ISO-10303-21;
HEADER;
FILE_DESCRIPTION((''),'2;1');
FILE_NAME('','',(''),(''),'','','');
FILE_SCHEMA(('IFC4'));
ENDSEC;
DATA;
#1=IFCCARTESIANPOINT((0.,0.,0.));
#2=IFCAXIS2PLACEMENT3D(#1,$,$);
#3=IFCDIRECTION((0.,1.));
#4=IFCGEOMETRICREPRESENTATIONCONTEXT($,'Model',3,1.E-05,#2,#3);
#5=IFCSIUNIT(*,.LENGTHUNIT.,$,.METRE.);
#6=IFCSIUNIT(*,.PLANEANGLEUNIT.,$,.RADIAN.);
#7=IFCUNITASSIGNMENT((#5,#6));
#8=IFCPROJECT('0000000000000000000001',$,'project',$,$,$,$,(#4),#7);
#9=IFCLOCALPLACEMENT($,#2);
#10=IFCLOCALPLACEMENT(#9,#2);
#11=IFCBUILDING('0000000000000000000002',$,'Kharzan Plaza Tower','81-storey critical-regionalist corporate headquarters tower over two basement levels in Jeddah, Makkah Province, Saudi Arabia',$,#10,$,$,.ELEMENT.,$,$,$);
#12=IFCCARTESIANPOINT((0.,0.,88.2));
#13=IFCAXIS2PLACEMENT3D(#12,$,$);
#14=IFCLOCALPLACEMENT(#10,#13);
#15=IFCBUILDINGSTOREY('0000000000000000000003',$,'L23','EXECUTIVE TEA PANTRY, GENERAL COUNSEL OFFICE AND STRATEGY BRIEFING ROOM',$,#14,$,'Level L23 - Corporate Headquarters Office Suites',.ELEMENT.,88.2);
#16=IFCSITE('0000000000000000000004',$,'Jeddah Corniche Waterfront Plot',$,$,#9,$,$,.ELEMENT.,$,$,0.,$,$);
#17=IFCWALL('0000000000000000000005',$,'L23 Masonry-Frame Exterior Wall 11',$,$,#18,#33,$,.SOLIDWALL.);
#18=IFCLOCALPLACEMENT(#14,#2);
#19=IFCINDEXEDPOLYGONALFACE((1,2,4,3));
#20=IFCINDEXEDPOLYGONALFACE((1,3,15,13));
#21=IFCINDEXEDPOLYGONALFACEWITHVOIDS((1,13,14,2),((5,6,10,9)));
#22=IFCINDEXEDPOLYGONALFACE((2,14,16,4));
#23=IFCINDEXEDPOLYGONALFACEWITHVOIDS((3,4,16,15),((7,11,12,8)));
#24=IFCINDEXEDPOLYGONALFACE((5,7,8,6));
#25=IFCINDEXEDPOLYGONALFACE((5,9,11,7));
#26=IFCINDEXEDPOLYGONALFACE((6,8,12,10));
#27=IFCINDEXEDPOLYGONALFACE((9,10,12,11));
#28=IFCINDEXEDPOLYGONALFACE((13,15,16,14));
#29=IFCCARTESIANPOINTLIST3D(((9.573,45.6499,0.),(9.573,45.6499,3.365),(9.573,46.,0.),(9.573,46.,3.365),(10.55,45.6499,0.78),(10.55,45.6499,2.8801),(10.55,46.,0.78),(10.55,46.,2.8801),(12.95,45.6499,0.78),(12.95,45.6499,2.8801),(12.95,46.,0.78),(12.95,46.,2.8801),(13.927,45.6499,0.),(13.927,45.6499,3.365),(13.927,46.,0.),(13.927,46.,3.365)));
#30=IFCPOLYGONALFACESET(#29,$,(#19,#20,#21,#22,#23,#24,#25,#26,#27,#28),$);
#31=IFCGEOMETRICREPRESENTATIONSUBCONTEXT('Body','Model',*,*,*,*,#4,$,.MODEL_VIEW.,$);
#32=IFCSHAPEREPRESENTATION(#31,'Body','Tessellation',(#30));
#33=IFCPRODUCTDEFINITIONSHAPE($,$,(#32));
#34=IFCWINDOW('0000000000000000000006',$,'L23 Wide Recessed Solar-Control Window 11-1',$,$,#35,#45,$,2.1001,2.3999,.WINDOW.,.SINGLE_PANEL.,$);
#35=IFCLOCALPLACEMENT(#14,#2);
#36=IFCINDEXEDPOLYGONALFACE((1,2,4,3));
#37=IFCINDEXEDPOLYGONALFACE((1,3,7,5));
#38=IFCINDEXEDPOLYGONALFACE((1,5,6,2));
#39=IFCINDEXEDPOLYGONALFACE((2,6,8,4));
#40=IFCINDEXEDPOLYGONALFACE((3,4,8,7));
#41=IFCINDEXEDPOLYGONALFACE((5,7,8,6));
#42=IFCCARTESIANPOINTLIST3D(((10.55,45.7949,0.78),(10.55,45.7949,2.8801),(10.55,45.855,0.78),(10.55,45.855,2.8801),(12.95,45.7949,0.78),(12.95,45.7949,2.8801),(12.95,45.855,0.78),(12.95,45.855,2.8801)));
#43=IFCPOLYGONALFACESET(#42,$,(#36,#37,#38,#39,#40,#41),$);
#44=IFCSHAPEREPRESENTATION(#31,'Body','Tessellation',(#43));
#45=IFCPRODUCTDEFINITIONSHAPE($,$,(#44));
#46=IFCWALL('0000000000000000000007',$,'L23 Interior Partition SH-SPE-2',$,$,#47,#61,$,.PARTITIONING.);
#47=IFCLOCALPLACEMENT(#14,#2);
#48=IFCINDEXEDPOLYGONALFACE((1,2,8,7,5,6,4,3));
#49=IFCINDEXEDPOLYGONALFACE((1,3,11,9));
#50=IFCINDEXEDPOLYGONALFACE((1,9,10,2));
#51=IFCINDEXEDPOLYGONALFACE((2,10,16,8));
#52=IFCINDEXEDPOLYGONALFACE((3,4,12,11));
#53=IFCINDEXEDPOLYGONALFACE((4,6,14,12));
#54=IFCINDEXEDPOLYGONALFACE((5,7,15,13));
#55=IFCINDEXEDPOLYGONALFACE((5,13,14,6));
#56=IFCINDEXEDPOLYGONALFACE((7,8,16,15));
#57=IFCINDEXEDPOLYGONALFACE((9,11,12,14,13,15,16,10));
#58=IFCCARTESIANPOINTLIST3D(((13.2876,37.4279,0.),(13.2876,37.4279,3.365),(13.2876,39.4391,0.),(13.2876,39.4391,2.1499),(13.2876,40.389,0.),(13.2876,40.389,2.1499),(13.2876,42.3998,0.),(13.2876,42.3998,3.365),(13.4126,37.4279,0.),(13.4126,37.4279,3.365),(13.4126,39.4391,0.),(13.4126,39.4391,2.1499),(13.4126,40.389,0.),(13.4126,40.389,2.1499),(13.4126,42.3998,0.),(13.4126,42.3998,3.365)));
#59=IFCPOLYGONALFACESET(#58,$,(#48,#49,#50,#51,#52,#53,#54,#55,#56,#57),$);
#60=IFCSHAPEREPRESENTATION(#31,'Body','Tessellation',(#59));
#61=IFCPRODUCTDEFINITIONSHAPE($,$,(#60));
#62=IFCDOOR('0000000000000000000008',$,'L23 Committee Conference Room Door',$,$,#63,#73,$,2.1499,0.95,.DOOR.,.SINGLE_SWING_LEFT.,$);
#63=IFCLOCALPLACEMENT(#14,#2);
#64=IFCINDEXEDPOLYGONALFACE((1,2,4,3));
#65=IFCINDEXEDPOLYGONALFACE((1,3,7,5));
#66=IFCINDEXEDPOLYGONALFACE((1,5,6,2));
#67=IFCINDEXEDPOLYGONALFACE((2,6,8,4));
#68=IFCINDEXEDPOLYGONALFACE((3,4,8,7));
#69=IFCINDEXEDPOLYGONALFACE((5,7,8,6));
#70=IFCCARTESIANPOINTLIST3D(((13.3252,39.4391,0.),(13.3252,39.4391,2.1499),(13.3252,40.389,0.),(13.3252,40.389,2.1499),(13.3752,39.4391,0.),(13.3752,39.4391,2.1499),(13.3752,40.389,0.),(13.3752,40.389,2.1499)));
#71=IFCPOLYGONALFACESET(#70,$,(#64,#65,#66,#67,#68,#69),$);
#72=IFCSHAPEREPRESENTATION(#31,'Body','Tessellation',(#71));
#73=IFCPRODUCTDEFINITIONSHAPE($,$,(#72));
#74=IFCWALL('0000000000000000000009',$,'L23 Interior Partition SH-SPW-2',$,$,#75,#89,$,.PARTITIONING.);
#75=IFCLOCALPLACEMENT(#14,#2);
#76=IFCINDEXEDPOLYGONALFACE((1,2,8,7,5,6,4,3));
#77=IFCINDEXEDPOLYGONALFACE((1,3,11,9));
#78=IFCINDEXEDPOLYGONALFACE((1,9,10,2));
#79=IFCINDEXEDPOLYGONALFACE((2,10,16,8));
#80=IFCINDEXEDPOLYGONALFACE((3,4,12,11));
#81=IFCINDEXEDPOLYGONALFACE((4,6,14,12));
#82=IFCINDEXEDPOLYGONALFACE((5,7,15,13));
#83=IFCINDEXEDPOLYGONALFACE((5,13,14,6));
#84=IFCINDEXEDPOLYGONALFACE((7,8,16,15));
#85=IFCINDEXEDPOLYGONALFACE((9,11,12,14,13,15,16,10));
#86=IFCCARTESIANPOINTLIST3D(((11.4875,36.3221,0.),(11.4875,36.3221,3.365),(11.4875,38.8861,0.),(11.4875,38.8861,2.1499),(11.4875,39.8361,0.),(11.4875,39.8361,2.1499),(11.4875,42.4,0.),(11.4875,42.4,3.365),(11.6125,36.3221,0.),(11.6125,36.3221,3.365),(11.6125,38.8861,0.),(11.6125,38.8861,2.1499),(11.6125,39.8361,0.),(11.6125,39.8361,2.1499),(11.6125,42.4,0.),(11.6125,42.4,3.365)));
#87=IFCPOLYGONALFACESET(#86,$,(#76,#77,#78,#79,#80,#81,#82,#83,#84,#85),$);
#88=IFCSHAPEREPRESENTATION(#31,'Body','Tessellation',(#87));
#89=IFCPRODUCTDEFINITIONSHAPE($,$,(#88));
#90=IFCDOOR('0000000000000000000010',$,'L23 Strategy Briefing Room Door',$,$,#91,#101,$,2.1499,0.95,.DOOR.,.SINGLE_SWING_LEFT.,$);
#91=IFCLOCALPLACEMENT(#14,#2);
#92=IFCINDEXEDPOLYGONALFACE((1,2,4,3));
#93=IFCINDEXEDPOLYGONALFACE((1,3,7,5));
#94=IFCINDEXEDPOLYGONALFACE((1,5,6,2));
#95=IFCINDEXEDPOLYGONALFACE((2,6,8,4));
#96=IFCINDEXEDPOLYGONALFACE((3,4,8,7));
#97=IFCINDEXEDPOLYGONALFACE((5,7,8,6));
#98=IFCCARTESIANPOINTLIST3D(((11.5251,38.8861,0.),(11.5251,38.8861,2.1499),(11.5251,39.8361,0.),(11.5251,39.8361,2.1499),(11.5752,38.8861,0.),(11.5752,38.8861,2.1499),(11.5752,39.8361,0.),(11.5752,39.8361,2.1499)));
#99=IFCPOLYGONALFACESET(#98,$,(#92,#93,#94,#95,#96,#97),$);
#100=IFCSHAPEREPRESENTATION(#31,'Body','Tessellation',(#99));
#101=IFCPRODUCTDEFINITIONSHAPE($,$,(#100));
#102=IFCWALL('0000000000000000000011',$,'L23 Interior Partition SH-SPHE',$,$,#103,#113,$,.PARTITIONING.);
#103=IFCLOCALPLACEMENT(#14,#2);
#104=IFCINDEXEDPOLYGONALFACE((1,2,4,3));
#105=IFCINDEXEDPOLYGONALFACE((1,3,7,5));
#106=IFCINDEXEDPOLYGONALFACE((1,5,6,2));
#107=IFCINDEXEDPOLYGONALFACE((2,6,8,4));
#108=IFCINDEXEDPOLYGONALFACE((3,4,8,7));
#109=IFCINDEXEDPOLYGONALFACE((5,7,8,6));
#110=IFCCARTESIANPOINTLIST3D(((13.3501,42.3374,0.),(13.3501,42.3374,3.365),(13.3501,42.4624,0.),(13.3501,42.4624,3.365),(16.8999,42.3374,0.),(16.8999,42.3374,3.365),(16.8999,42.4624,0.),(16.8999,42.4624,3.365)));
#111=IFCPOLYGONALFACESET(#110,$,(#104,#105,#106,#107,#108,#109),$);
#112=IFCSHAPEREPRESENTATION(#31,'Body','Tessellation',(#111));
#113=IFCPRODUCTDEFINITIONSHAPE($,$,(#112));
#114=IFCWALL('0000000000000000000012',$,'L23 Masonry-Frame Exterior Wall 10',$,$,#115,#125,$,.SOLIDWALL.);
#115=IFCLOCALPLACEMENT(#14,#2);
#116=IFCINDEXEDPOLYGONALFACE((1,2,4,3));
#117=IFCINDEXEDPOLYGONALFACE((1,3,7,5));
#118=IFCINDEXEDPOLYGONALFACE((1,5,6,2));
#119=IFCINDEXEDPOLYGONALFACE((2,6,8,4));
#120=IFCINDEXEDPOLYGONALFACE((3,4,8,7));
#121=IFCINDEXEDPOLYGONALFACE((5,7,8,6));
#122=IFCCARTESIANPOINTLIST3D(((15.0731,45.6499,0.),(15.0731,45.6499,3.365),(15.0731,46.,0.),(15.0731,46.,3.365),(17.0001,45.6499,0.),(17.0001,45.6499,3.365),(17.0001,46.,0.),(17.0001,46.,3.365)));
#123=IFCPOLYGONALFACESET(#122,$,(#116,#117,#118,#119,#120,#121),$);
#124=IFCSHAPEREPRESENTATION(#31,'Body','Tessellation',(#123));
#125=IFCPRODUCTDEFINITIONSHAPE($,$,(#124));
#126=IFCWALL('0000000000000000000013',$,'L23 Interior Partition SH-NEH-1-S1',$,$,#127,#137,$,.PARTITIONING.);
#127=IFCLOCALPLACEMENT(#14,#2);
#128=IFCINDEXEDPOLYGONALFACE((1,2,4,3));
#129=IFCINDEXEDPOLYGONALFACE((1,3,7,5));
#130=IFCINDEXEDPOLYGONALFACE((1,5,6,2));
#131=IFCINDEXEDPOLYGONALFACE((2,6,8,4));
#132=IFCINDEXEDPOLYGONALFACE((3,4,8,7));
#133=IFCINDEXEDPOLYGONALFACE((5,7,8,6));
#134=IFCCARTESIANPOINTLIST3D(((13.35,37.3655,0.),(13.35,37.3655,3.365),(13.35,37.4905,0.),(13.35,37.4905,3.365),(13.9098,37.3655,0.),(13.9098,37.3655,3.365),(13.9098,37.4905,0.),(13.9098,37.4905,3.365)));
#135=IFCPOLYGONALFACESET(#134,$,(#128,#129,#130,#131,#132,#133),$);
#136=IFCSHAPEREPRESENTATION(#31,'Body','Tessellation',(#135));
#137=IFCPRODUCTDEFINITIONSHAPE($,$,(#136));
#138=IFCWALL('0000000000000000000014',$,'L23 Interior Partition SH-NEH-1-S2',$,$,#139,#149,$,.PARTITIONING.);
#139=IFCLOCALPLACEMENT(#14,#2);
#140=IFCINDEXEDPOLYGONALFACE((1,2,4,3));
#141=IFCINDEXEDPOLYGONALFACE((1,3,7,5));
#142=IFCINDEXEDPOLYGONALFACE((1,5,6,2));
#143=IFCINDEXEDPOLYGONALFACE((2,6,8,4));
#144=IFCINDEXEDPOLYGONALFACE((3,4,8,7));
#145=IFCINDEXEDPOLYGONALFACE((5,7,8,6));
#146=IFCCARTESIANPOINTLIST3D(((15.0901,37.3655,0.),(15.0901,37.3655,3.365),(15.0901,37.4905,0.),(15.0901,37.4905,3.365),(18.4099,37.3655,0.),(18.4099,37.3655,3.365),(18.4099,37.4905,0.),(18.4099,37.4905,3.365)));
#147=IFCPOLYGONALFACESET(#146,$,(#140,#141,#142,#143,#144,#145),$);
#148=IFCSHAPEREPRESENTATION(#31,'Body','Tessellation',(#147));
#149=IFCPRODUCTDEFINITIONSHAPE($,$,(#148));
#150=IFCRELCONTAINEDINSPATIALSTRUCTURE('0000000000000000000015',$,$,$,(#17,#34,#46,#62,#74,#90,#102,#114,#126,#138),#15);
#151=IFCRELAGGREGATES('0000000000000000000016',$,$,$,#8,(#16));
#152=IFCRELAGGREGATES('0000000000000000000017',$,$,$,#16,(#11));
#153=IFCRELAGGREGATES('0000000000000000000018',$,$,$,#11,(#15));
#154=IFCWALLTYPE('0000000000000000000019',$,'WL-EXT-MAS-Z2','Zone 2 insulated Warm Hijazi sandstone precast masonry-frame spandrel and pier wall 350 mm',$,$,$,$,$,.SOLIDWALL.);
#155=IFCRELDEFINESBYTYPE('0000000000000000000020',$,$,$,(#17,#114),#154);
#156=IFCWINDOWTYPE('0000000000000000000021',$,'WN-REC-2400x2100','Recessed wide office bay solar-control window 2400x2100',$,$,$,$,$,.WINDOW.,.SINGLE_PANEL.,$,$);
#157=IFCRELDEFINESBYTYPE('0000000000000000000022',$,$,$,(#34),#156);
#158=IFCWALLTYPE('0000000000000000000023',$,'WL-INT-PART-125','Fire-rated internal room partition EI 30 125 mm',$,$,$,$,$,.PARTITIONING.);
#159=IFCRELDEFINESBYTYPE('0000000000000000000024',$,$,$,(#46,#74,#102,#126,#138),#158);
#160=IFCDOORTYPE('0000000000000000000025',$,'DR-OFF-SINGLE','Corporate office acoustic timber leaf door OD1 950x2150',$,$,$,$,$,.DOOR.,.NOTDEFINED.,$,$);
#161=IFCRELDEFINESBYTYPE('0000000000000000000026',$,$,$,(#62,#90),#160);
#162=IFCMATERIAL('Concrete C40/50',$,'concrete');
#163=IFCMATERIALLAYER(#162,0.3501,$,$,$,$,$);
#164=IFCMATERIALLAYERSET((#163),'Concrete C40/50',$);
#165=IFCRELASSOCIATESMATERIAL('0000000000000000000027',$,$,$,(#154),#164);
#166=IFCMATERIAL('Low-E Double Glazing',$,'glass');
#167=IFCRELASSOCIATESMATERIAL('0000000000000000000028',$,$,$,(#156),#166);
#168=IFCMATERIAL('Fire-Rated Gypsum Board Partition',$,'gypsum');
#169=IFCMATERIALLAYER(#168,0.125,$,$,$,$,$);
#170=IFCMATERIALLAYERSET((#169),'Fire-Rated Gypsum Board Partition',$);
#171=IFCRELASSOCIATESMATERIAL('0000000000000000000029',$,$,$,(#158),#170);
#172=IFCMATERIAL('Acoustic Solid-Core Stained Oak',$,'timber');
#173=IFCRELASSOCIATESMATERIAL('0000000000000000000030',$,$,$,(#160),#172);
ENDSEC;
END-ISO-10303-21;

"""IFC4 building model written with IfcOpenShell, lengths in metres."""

from ifc_helpers import new_model, si_unit, direction, frame, frame_2d, origin, place, context, subcontext, project, spatial, rectangle, extrude, source, transform, mapped, material, layer, layer_set, type_object, element, fill, save


model = new_model("IFC4")

# Units and contexts
model_context = context("Model", 3, precision=1e-05, world=origin(), true_north=direction((0.0, 1.0)))
body_context = subcontext(model_context, "Body", "Model", "MODEL_VIEW")
ifc_project = project(units=[si_unit("LENGTHUNIT", "METRE"), si_unit("PLANEANGLEUNIT", "RADIAN")], contexts=[model_context])

# Site, building, storey
site_placement = place(None, origin())
site = spatial("IfcSite", under=ifc_project, at=site_placement, Name="Jeddah Corniche Waterfront Plot", CompositionType="ELEMENT", RefElevation=0.0)
building_placement = place(site_placement, origin())
building = spatial("IfcBuilding", under=site, at=building_placement, Name="Kharzan Plaza Tower", Description="81-storey critical-regionalist corporate headquarters tower over two basement levels in Jeddah, Makkah Province, Saudi Arabia", CompositionType="ELEMENT")
storey_placement = place(building_placement, frame((0.0, 0.0, 88.2)))
storey = spatial("IfcBuildingStorey", under=building, at=storey_placement, Name="L23", Description="EXECUTIVE TEA PANTRY, GENERAL COUNSEL OFFICE AND STRATEGY BRIEFING ROOM", LongName="Level L23 - Corporate Headquarters Office Suites", CompositionType="ELEMENT", Elevation=88.2)

# Wall, opening, window
ifc_material_1 = material(Name="Concrete C40/50", Category="concrete")
ifc_layer_1 = layer(ifc_material_1, 0.3501)
ifc_layer_set_1 = layer_set([ifc_layer_1], Name="Concrete C40/50")
wall_type_1 = type_object("IfcWallType", Name="WL-EXT-MAS-Z2", Description="Zone 2 insulated Warm Hijazi sandstone precast masonry-frame spandrel and pier wall 350 mm", PredefinedType="SOLIDWALL", material=ifc_layer_set_1)
ifc_material_2 = material(Name="Low-E Double Glazing", Category="glass")
wall_1_placement = place(storey_placement, frame((13.927, 45.825, 0.0), z_axis=(0.0, 0.0, 1.0), x_axis=(-1.0, 0.0, 0.0)))
wall_1 = element("IfcWall", 1, at=wall_1_placement, inside=storey, type_object=wall_type_1, Name="L23 Masonry-Frame Exterior Wall 11", PredefinedType="SOLIDWALL", context=body_context, shape_type="SweptSolid", body=[
    extrude(rectangle(XDim=4.354, YDim=0.3501, at=frame_2d((2.177, 0.0))), origin(), (0.0, 0.0, 1.0), 3.365),
])
opening_1_placement = place(wall_1_placement, frame((0.9771, 0.0, 0.78)))
opening_1 = element("IfcOpeningElement", 2, at=opening_1_placement, cuts=wall_1, PredefinedType="OPENING", context=body_context, shape_type="SweptSolid", body=[
    extrude(rectangle(XDim=2.3999, YDim=2.1001, at=frame_2d((1.2, 1.05))), frame((0.0, 0.1851, 0.0), z_axis=(0.0, -1.0, 0.0), x_axis=(1.0, 0.0, 0.0)), (0.0, 0.0, 1.0), 0.3701),
])
window_type_1 = type_object("IfcWindowType", Name="WN-REC-2400x2100", Description="Recessed wide office bay solar-control window 2400x2100", PartitioningType="SINGLE_PANEL", PredefinedType="WINDOW", material=ifc_material_2)
shared_shape_1 = source(origin(), body_context, "Body", "SweptSolid", [
    extrude(rectangle(XDim=2.3999, YDim=2.1001, at=frame_2d((1.2, 1.05))), frame((0.0, 0.03, 0.0), z_axis=(0.0, -1.0, 0.0), x_axis=(1.0, 0.0, 0.0)), (0.0, 0.0, 1.0), 0.0601),
])
window_1_placement = place(opening_1_placement, origin())
window_1 = element("IfcWindow", 3, at=window_1_placement, inside=storey, type_object=window_type_1, Name="L23 Wide Recessed Solar-Control Window 11-1", OverallHeight=2.1001, OverallWidth=2.3999, PartitioningType="SINGLE_PANEL", PredefinedType="WINDOW", context=body_context, shape_type="MappedRepresentation", body=[
    mapped(shared_shape_1, transform((0.0, 0.0, 0.0), x_axis=(1.0, 0.0, 0.0), y_axis=(0.0, 1.0, 0.0), z_axis=(0.0, 0.0, 1.0))),
])
fill(opening_1, window_1)

# Walls, openings, doors
ifc_material_3 = material(Name="Fire-Rated Gypsum Board Partition", Category="gypsum")
ifc_layer_2 = layer(ifc_material_3, 0.125)
ifc_layer_set_2 = layer_set([ifc_layer_2], Name="Fire-Rated Gypsum Board Partition")
wall_type_2 = type_object("IfcWallType", Name="WL-INT-PART-125", Description="Fire-rated internal room partition EI 30 125 mm", PredefinedType="PARTITIONING", material=ifc_layer_set_2)
wall_2_placement = place(storey_placement, frame((13.3501, 37.428, 0.0), z_axis=(0.0, 0.0, 1.0), x_axis=(0.0, 1.0, 0.0)))
wall_2 = element("IfcWall", 4, at=wall_2_placement, inside=storey, type_object=wall_type_2, Name="L23 Interior Partition SH-SPE-2", PredefinedType="PARTITIONING", context=body_context, shape_type="SweptSolid", body=[
    extrude(rectangle(XDim=4.9719, YDim=0.125, at=frame_2d((2.4858, 0.0))), origin(), (0.0, 0.0, 1.0), 3.365),
])
opening_2_placement = place(wall_2_placement, frame((2.011, 0.0, 0.0)))
opening_2 = element("IfcOpeningElement", 5, at=opening_2_placement, cuts=wall_2, PredefinedType="OPENING", context=body_context, shape_type="SweptSolid", body=[
    extrude(rectangle(XDim=0.95, YDim=2.1499, at=frame_2d((0.4751, 1.075))), frame((0.0, 0.0725, 0.0), z_axis=(0.0, -1.0, 0.0), x_axis=(1.0, 0.0, 0.0)), (0.0, 0.0, 1.0), 0.145),
])
ifc_material_4 = material(Name="Acoustic Solid-Core Stained Oak", Category="timber")
door_type = type_object("IfcDoorType", Name="DR-OFF-SINGLE", Description="Corporate office acoustic timber leaf door OD1 950x2150", OperationType="NOTDEFINED", PredefinedType="DOOR", material=ifc_material_4)
shared_shape_2 = source(origin(), body_context, "Body", "SweptSolid", [
    extrude(rectangle(XDim=0.95, YDim=2.1499, at=frame_2d((0.4751, 1.075))), frame((0.0, 0.0249, 0.0), z_axis=(0.0, -1.0, 0.0), x_axis=(1.0, 0.0, 0.0)), (0.0, 0.0, 1.0), 0.05),
])
door_1_placement = place(opening_2_placement, origin())
door_1 = element("IfcDoor", 6, at=door_1_placement, inside=storey, type_object=door_type, Name="L23 Committee Conference Room Door", OperationType="SINGLE_SWING_LEFT", OverallHeight=2.1499, OverallWidth=0.95, PredefinedType="DOOR", context=body_context, shape_type="MappedRepresentation", body=[
    mapped(shared_shape_2, transform((0.0, 0.0, 0.0), x_axis=(1.0, 0.0, 0.0), y_axis=(0.0, 1.0, 0.0), z_axis=(0.0, 0.0, 1.0))),
])
fill(opening_2, door_1)
wall_3_placement = place(storey_placement, frame((11.55, 36.322, 0.0), z_axis=(0.0, 0.0, 1.0), x_axis=(0.0, 1.0, 0.0)))
wall_3 = element("IfcWall", 7, at=wall_3_placement, inside=storey, type_object=wall_type_2, Name="L23 Interior Partition SH-SPW-2", PredefinedType="PARTITIONING", context=body_context, shape_type="SweptSolid", body=[
    extrude(rectangle(XDim=6.0779, YDim=0.125, at=frame_2d((3.0391, 0.0))), origin(), (0.0, 0.0, 1.0), 3.365),
])
opening_3_placement = place(wall_3_placement, frame((2.564, 0.0, 0.0)))
opening_3 = element("IfcOpeningElement", 8, at=opening_3_placement, cuts=wall_3, PredefinedType="OPENING", context=body_context, shape_type="SweptSolid", body=[
    extrude(rectangle(XDim=0.95, YDim=2.1499, at=frame_2d((0.4751, 1.075))), frame((0.0, 0.0725, 0.0), z_axis=(0.0, -1.0, 0.0), x_axis=(1.0, 0.0, 0.0)), (0.0, 0.0, 1.0), 0.145),
])
door_2_placement = place(opening_3_placement, origin())
door_2 = element("IfcDoor", 9, at=door_2_placement, inside=storey, type_object=door_type, Name="L23 Strategy Briefing Room Door", OperationType="SINGLE_SWING_LEFT", OverallHeight=2.1499, OverallWidth=0.95, PredefinedType="DOOR", context=body_context, shape_type="MappedRepresentation", body=[
    mapped(shared_shape_2, transform((0.0, 0.0, 0.0), x_axis=(1.0, 0.0, 0.0), y_axis=(0.0, 1.0, 0.0), z_axis=(0.0, 0.0, 1.0))),
])
fill(opening_3, door_2)

# Walls
shared_shape_3 = source(origin(), body_context, "Body", "SweptSolid", [
    extrude(rectangle(XDim=3.5498, YDim=0.125, at=frame_2d((1.7749, 0.0))), origin(), (0.0, 0.0, 1.0), 3.365),
])
wall_4_placement = place(storey_placement, frame((13.3501, 42.3999, 0.0), z_axis=(0.0, 0.0, 1.0), x_axis=(1.0, 0.0, 0.0)))
element("IfcWall", 10, at=wall_4_placement, inside=storey, type_object=wall_type_2, Name="L23 Interior Partition SH-SPHE", PredefinedType="PARTITIONING", context=body_context, shape_type="MappedRepresentation", body=[
    mapped(shared_shape_3, transform((0.0, 0.0, 0.0), x_axis=(1.0, 0.0, 0.0), y_axis=(0.0, 1.0, 0.0), z_axis=(0.0, 0.0, 1.0))),
])
shared_shape_4 = source(origin(), body_context, "Body", "SweptSolid", [
    extrude(rectangle(XDim=1.927, YDim=0.3501, at=frame_2d((0.9634, 0.0))), origin(), (0.0, 0.0, 1.0), 3.365),
])
wall_5_placement = place(storey_placement, frame((17.0, 45.825, 0.0), z_axis=(0.0, 0.0, 1.0), x_axis=(-1.0, 0.0, 0.0)))
element("IfcWall", 11, at=wall_5_placement, inside=storey, type_object=wall_type_1, Name="L23 Masonry-Frame Exterior Wall 10", PredefinedType="SOLIDWALL", context=body_context, shape_type="MappedRepresentation", body=[
    mapped(shared_shape_4, transform((0.0, 0.0, 0.0), x_axis=(1.0, 0.0, 0.0), y_axis=(0.0, 1.0, 0.0), z_axis=(0.0, 0.0, 1.0))),
])
shared_shape_5 = source(origin(), body_context, "Body", "SweptSolid", [
    extrude(rectangle(XDim=0.5598, YDim=0.125, at=frame_2d((0.2798, 0.0))), origin(), (0.0, 0.0, 1.0), 3.365),
])
wall_6_placement = place(storey_placement, frame((13.3501, 37.428, 0.0), z_axis=(0.0, 0.0, 1.0), x_axis=(1.0, 0.0, 0.0)))
element("IfcWall", 12, at=wall_6_placement, inside=storey, type_object=wall_type_2, Name="L23 Interior Partition SH-NEH-1-S1", PredefinedType="PARTITIONING", context=body_context, shape_type="MappedRepresentation", body=[
    mapped(shared_shape_5, transform((0.0, 0.0, 0.0), x_axis=(1.0, 0.0, 0.0), y_axis=(0.0, 1.0, 0.0), z_axis=(0.0, 0.0, 1.0))),
])
shared_shape_6 = source(origin(), body_context, "Body", "SweptSolid", [
    extrude(rectangle(XDim=3.3198, YDim=0.125, at=frame_2d((1.6599, 0.0))), origin(), (0.0, 0.0, 1.0), 3.365),
])
wall_7_placement = place(storey_placement, frame((15.0901, 37.428, 0.0), z_axis=(0.0, 0.0, 1.0), x_axis=(1.0, 0.0, 0.0)))
element("IfcWall", 13, at=wall_7_placement, inside=storey, type_object=wall_type_2, Name="L23 Interior Partition SH-NEH-1-S2", PredefinedType="PARTITIONING", context=body_context, shape_type="MappedRepresentation", body=[
    mapped(shared_shape_6, transform((0.0, 0.0, 0.0), x_axis=(1.0, 0.0, 0.0), y_axis=(0.0, 1.0, 0.0), z_axis=(0.0, 0.0, 1.0))),
])

save(model, "model.ifc")
